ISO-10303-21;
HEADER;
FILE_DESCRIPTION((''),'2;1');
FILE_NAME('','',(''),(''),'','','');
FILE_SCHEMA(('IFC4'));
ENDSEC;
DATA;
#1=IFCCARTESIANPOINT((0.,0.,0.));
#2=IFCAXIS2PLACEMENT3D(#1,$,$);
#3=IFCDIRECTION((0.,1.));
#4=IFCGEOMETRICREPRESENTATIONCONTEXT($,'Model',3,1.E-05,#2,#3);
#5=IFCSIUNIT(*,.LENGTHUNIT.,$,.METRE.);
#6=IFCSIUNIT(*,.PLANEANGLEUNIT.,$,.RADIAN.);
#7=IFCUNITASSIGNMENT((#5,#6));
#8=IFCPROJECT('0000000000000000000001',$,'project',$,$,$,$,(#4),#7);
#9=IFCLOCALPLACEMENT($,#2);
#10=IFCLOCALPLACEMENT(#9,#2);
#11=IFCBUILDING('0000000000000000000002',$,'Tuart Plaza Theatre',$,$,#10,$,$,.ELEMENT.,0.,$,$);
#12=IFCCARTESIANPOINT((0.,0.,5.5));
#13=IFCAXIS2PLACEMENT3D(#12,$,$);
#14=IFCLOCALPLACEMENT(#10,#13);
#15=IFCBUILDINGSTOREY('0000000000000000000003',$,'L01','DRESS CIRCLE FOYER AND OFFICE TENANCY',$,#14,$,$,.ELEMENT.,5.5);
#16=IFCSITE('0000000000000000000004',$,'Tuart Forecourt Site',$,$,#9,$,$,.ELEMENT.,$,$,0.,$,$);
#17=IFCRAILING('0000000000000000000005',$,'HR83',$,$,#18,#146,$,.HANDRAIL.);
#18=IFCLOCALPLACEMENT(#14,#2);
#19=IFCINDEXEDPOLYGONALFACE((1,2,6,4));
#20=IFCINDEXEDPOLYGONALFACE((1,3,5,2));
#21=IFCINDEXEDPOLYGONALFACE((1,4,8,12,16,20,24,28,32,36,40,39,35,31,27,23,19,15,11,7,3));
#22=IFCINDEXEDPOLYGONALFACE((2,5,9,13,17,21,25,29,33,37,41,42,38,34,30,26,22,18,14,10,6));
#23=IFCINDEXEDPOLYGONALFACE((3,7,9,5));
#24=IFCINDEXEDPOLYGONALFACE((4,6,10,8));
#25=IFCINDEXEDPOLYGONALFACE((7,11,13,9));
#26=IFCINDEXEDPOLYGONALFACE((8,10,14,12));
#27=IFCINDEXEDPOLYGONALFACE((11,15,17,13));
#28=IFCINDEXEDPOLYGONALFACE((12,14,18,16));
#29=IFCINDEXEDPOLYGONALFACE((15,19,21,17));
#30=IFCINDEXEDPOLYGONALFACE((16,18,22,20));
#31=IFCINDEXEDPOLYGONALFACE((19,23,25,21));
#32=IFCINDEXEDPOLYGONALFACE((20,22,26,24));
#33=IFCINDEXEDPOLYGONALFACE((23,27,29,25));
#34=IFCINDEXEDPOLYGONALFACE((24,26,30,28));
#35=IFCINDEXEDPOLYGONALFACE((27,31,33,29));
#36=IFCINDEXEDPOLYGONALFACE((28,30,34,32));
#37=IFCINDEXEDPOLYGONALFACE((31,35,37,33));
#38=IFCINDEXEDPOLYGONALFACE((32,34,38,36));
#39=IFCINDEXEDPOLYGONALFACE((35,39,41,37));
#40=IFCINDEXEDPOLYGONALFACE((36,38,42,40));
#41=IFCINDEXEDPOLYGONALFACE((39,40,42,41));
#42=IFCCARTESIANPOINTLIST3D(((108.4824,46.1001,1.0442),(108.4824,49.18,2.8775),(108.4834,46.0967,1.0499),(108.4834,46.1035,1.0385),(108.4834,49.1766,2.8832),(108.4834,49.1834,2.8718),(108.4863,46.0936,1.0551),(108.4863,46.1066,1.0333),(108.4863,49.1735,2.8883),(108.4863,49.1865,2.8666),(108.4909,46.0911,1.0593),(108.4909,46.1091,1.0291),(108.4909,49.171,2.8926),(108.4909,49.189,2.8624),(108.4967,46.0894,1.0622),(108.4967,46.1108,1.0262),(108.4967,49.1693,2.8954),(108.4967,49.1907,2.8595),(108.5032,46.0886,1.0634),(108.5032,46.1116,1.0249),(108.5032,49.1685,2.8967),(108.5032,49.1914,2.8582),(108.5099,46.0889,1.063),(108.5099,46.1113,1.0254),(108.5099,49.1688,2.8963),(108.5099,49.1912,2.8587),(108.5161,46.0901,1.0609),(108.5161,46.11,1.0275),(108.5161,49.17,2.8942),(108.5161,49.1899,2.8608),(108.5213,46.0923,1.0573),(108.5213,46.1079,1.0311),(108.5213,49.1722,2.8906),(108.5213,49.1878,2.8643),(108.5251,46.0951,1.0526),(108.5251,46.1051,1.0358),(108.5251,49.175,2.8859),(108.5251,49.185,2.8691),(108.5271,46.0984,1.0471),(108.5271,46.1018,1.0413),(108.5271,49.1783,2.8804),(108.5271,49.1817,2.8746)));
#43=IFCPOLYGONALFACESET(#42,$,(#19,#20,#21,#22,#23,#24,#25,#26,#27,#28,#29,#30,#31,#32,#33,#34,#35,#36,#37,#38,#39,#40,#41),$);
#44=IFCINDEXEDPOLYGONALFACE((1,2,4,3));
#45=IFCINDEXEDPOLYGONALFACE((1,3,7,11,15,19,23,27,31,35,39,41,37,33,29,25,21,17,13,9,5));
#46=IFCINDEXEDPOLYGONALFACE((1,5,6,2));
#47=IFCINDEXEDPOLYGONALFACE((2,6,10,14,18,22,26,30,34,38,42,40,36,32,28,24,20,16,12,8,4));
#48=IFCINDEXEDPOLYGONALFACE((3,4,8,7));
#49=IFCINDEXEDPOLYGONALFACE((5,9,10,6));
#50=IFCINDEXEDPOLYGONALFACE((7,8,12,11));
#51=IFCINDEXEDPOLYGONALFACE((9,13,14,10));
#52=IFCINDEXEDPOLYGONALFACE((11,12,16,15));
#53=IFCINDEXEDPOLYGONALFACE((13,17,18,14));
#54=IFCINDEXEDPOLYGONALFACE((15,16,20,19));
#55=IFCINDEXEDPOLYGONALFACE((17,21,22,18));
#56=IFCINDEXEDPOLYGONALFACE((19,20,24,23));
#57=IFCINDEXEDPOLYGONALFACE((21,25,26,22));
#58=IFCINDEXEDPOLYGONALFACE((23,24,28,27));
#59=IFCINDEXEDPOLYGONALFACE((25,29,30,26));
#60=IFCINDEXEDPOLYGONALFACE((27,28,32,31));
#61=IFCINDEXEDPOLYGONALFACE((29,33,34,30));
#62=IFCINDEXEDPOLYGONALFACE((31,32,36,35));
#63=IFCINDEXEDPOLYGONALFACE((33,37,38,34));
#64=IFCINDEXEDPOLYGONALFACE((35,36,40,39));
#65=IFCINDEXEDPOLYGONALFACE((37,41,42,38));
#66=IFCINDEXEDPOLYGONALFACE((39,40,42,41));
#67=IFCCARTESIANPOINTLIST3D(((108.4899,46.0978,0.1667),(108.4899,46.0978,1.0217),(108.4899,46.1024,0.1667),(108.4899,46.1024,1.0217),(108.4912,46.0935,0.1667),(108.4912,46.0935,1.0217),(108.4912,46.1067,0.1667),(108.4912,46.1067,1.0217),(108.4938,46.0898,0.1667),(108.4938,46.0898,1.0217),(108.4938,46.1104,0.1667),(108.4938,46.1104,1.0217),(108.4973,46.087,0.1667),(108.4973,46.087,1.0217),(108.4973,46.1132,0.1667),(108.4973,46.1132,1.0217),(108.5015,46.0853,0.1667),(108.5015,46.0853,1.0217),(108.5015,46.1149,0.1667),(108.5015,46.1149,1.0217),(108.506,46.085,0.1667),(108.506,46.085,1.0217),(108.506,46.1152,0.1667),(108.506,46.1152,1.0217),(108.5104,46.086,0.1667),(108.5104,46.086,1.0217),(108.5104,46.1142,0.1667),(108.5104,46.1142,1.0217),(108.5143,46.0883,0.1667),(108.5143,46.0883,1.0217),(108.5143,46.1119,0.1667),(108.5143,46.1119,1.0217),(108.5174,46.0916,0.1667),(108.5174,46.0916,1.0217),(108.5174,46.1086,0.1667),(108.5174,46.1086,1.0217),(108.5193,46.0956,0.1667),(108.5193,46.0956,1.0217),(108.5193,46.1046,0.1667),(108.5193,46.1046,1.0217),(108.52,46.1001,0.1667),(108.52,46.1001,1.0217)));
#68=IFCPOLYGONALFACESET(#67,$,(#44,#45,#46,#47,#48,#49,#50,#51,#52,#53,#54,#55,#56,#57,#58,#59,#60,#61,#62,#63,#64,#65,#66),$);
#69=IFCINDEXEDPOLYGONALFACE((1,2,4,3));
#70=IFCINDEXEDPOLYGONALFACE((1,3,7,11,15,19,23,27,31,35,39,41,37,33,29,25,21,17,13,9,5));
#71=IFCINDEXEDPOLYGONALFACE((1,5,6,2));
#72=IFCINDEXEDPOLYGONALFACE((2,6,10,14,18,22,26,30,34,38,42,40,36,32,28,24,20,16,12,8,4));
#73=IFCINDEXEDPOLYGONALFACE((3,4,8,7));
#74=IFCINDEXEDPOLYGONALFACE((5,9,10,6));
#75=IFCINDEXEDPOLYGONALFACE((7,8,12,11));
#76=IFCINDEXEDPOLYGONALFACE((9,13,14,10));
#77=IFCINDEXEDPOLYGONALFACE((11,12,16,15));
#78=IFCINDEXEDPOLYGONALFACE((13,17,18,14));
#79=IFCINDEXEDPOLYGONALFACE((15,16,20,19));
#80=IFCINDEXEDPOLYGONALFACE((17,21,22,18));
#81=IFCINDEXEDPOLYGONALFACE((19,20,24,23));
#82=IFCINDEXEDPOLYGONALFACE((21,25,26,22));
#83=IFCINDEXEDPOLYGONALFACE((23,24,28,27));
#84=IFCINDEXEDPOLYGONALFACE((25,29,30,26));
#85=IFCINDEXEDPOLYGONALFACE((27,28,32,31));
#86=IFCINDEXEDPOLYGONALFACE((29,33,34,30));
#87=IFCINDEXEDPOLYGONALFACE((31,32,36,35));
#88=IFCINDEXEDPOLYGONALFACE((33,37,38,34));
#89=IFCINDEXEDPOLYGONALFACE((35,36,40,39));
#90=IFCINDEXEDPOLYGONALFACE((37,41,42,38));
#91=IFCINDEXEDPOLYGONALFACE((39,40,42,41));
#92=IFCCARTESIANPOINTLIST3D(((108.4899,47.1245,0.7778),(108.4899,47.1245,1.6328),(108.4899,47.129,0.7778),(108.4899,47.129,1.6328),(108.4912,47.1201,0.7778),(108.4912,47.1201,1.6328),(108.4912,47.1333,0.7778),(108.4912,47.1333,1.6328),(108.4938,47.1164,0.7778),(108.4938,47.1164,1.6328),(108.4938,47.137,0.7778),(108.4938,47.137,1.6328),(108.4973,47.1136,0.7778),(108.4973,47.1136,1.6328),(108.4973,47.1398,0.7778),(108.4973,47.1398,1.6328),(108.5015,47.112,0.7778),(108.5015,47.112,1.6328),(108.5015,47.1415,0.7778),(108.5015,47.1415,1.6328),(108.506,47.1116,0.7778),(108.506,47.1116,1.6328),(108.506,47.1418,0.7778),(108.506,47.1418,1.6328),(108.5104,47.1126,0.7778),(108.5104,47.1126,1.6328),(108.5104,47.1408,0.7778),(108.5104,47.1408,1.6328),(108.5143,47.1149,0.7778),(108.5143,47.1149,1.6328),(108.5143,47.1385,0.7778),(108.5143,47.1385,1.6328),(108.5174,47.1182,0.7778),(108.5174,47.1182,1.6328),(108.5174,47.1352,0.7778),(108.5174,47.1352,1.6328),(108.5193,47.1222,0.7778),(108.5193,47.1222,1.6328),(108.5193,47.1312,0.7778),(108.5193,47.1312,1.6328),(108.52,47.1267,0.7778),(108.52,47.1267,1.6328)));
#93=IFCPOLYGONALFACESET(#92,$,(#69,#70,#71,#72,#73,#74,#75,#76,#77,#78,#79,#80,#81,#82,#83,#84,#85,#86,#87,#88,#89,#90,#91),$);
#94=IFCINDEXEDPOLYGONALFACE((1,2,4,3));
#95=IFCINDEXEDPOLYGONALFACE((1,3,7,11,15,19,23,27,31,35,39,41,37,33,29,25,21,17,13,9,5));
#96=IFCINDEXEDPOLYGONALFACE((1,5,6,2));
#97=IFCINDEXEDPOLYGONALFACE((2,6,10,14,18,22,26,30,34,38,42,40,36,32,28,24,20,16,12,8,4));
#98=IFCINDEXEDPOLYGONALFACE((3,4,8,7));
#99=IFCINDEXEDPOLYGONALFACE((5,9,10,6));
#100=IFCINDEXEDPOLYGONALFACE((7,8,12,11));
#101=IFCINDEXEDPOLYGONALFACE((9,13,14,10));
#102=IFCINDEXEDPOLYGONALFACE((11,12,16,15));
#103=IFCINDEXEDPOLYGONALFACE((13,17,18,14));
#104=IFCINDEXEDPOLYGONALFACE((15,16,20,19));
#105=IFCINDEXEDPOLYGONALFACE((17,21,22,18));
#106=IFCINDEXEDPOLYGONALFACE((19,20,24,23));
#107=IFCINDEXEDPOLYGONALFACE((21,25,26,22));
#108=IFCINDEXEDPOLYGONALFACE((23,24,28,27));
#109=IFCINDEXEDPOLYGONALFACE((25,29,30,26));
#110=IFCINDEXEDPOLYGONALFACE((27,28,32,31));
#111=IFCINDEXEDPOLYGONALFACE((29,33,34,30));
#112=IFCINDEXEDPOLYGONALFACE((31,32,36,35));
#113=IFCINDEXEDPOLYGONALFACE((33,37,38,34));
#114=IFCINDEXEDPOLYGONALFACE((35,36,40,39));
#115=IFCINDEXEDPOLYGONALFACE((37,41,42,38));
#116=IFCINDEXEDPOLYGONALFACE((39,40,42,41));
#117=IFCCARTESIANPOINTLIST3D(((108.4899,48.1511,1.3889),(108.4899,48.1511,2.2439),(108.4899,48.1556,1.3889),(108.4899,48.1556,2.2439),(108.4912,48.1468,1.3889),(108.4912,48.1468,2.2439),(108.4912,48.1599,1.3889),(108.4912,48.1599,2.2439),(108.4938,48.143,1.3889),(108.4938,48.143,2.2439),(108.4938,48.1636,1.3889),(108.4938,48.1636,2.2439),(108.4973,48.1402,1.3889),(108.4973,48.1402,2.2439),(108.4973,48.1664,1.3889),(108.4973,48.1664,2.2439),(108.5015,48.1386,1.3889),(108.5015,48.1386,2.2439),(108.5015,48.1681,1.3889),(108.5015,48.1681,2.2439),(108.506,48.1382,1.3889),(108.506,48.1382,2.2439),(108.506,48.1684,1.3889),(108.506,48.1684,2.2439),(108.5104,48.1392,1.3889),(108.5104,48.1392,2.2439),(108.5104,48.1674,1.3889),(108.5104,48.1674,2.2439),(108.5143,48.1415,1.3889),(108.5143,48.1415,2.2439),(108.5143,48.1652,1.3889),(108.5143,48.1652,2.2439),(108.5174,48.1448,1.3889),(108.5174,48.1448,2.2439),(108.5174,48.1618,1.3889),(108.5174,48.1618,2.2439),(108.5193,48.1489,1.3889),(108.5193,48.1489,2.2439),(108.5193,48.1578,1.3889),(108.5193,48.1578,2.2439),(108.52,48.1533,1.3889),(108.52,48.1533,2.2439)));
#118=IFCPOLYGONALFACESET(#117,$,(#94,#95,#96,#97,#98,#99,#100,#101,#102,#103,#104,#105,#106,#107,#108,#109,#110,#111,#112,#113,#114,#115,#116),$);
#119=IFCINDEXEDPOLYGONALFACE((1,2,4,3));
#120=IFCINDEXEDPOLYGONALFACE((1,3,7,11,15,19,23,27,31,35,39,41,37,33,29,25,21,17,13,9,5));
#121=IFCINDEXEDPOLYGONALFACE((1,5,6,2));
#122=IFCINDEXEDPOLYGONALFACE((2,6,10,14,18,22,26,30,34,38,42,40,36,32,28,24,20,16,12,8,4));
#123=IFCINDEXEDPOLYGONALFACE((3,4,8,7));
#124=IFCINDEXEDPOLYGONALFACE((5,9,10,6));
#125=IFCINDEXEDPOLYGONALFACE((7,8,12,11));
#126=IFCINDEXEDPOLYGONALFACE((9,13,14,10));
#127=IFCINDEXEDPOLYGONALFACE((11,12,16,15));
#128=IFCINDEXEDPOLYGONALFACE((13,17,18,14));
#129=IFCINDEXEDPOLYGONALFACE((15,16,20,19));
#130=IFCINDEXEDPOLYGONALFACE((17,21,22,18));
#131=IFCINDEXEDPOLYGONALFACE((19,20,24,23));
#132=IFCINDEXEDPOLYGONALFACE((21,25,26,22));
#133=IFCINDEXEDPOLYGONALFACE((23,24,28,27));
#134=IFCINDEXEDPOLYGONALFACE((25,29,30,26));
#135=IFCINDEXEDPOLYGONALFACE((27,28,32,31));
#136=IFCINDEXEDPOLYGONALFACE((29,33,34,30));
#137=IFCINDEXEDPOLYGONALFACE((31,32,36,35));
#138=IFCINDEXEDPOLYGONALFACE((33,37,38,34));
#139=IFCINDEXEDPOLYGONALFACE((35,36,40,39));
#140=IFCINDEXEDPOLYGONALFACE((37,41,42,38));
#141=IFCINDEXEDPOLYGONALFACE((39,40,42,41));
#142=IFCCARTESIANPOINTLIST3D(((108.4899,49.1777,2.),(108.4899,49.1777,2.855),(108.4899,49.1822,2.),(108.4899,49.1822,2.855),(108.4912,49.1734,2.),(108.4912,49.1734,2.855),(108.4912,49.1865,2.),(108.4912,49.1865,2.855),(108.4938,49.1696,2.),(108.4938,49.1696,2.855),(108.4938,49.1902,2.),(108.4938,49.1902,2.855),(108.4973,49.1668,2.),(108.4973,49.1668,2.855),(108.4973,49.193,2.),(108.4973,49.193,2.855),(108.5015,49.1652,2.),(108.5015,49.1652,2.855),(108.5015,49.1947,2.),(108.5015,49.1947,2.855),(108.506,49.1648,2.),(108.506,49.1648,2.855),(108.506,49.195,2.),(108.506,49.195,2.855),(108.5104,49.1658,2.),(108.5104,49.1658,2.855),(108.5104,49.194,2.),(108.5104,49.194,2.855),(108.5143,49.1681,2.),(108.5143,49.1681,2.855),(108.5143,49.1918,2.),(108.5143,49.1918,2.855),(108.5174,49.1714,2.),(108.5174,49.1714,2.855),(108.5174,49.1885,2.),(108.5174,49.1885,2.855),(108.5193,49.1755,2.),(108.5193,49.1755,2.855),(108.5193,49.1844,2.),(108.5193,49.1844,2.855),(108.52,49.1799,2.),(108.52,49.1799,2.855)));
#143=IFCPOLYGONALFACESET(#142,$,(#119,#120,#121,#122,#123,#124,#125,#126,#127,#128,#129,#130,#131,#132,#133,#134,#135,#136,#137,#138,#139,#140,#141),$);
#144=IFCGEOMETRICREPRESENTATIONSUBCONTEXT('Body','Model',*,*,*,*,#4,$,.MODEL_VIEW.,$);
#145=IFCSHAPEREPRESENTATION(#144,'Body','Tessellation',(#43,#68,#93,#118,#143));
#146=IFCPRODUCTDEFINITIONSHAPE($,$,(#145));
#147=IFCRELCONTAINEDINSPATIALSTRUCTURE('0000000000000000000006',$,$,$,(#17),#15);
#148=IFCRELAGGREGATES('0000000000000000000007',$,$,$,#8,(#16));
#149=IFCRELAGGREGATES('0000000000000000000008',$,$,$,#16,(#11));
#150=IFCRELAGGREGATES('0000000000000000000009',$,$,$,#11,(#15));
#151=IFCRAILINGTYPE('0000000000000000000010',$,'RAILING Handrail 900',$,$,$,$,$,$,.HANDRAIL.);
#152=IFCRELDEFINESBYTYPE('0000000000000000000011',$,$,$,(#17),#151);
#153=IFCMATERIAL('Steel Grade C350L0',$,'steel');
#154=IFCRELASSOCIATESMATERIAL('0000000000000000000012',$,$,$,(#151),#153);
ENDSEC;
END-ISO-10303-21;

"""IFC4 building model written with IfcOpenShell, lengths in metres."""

from ifc_helpers import new_model, si_unit, direction, frame, origin, origin_2d, place, context, subcontext, project, spatial, circle, extrude, material, type_object, element, save


model = new_model("IFC4")

# Units and contexts
model_context = context("Model", 3, precision=1e-05, world=origin(), true_north=direction((0.0, 1.0)))
body_context = subcontext(model_context, "Body", "Model", "MODEL_VIEW")
ifc_project = project(units=[si_unit("LENGTHUNIT", "METRE"), si_unit("PLANEANGLEUNIT", "RADIAN")], contexts=[model_context])

# Site, building, storey
site_placement = place(None, origin())
site = spatial("IfcSite", under=ifc_project, at=site_placement, Name="Tuart Forecourt Site", CompositionType="ELEMENT", RefElevation=0.0)
building_placement = place(site_placement, origin())
building = spatial("IfcBuilding", under=site, at=building_placement, Name="Tuart Plaza Theatre", CompositionType="ELEMENT", ElevationOfRefHeight=0.0)
storey_placement = place(building_placement, frame((0.0, 0.0, 5.5)))
storey = spatial("IfcBuildingStorey", under=building, at=storey_placement, Name="L01", Description="DRESS CIRCLE FOYER AND OFFICE TENANCY", CompositionType="ELEMENT", Elevation=5.5)

# Railing
ifc_material_1 = material(Name="Steel Grade C350L0", Category="steel")
railing_type_1 = type_object("IfcRailingType", Name="RAILING Handrail 900", PredefinedType="HANDRAIL", material=ifc_material_1)
for number, where, name in (
    (1, (108.5049, 46.1001, 0.1667), "HR83"),
):
    element("IfcRailing", number, at=place(storey_placement, frame(where)), inside=storey, type_object=railing_type_1, Name=name, PredefinedType="HANDRAIL", context=body_context, shape_type="SweptSolid", body=[
        extrude(circle(Radius=0.0225, at=origin_2d()), frame((0.0, 0.0, 0.8774), z_axis=(0.0, 0.859291, 0.511487), x_axis=(-1.0, 0.0, 0.0)), (0.0, 0.0, 1.0), 3.5842),
        extrude(circle(Radius=0.0151, at=origin_2d()), origin(), (0.0, 0.0, 1.0), 0.855),
        extrude(circle(Radius=0.0151, at=origin_2d()), frame((0.0, 1.0266, 0.6111)), (0.0, 0.0, 1.0), 0.855),
        extrude(circle(Radius=0.0151, at=origin_2d()), frame((0.0, 2.0532, 1.2222)), (0.0, 0.0, 1.0), 0.855),
        extrude(circle(Radius=0.0151, at=origin_2d()), frame((0.0, 3.0798, 1.8333)), (0.0, 0.0, 1.0), 0.855),
    ])

save(model, "model.ifc")
